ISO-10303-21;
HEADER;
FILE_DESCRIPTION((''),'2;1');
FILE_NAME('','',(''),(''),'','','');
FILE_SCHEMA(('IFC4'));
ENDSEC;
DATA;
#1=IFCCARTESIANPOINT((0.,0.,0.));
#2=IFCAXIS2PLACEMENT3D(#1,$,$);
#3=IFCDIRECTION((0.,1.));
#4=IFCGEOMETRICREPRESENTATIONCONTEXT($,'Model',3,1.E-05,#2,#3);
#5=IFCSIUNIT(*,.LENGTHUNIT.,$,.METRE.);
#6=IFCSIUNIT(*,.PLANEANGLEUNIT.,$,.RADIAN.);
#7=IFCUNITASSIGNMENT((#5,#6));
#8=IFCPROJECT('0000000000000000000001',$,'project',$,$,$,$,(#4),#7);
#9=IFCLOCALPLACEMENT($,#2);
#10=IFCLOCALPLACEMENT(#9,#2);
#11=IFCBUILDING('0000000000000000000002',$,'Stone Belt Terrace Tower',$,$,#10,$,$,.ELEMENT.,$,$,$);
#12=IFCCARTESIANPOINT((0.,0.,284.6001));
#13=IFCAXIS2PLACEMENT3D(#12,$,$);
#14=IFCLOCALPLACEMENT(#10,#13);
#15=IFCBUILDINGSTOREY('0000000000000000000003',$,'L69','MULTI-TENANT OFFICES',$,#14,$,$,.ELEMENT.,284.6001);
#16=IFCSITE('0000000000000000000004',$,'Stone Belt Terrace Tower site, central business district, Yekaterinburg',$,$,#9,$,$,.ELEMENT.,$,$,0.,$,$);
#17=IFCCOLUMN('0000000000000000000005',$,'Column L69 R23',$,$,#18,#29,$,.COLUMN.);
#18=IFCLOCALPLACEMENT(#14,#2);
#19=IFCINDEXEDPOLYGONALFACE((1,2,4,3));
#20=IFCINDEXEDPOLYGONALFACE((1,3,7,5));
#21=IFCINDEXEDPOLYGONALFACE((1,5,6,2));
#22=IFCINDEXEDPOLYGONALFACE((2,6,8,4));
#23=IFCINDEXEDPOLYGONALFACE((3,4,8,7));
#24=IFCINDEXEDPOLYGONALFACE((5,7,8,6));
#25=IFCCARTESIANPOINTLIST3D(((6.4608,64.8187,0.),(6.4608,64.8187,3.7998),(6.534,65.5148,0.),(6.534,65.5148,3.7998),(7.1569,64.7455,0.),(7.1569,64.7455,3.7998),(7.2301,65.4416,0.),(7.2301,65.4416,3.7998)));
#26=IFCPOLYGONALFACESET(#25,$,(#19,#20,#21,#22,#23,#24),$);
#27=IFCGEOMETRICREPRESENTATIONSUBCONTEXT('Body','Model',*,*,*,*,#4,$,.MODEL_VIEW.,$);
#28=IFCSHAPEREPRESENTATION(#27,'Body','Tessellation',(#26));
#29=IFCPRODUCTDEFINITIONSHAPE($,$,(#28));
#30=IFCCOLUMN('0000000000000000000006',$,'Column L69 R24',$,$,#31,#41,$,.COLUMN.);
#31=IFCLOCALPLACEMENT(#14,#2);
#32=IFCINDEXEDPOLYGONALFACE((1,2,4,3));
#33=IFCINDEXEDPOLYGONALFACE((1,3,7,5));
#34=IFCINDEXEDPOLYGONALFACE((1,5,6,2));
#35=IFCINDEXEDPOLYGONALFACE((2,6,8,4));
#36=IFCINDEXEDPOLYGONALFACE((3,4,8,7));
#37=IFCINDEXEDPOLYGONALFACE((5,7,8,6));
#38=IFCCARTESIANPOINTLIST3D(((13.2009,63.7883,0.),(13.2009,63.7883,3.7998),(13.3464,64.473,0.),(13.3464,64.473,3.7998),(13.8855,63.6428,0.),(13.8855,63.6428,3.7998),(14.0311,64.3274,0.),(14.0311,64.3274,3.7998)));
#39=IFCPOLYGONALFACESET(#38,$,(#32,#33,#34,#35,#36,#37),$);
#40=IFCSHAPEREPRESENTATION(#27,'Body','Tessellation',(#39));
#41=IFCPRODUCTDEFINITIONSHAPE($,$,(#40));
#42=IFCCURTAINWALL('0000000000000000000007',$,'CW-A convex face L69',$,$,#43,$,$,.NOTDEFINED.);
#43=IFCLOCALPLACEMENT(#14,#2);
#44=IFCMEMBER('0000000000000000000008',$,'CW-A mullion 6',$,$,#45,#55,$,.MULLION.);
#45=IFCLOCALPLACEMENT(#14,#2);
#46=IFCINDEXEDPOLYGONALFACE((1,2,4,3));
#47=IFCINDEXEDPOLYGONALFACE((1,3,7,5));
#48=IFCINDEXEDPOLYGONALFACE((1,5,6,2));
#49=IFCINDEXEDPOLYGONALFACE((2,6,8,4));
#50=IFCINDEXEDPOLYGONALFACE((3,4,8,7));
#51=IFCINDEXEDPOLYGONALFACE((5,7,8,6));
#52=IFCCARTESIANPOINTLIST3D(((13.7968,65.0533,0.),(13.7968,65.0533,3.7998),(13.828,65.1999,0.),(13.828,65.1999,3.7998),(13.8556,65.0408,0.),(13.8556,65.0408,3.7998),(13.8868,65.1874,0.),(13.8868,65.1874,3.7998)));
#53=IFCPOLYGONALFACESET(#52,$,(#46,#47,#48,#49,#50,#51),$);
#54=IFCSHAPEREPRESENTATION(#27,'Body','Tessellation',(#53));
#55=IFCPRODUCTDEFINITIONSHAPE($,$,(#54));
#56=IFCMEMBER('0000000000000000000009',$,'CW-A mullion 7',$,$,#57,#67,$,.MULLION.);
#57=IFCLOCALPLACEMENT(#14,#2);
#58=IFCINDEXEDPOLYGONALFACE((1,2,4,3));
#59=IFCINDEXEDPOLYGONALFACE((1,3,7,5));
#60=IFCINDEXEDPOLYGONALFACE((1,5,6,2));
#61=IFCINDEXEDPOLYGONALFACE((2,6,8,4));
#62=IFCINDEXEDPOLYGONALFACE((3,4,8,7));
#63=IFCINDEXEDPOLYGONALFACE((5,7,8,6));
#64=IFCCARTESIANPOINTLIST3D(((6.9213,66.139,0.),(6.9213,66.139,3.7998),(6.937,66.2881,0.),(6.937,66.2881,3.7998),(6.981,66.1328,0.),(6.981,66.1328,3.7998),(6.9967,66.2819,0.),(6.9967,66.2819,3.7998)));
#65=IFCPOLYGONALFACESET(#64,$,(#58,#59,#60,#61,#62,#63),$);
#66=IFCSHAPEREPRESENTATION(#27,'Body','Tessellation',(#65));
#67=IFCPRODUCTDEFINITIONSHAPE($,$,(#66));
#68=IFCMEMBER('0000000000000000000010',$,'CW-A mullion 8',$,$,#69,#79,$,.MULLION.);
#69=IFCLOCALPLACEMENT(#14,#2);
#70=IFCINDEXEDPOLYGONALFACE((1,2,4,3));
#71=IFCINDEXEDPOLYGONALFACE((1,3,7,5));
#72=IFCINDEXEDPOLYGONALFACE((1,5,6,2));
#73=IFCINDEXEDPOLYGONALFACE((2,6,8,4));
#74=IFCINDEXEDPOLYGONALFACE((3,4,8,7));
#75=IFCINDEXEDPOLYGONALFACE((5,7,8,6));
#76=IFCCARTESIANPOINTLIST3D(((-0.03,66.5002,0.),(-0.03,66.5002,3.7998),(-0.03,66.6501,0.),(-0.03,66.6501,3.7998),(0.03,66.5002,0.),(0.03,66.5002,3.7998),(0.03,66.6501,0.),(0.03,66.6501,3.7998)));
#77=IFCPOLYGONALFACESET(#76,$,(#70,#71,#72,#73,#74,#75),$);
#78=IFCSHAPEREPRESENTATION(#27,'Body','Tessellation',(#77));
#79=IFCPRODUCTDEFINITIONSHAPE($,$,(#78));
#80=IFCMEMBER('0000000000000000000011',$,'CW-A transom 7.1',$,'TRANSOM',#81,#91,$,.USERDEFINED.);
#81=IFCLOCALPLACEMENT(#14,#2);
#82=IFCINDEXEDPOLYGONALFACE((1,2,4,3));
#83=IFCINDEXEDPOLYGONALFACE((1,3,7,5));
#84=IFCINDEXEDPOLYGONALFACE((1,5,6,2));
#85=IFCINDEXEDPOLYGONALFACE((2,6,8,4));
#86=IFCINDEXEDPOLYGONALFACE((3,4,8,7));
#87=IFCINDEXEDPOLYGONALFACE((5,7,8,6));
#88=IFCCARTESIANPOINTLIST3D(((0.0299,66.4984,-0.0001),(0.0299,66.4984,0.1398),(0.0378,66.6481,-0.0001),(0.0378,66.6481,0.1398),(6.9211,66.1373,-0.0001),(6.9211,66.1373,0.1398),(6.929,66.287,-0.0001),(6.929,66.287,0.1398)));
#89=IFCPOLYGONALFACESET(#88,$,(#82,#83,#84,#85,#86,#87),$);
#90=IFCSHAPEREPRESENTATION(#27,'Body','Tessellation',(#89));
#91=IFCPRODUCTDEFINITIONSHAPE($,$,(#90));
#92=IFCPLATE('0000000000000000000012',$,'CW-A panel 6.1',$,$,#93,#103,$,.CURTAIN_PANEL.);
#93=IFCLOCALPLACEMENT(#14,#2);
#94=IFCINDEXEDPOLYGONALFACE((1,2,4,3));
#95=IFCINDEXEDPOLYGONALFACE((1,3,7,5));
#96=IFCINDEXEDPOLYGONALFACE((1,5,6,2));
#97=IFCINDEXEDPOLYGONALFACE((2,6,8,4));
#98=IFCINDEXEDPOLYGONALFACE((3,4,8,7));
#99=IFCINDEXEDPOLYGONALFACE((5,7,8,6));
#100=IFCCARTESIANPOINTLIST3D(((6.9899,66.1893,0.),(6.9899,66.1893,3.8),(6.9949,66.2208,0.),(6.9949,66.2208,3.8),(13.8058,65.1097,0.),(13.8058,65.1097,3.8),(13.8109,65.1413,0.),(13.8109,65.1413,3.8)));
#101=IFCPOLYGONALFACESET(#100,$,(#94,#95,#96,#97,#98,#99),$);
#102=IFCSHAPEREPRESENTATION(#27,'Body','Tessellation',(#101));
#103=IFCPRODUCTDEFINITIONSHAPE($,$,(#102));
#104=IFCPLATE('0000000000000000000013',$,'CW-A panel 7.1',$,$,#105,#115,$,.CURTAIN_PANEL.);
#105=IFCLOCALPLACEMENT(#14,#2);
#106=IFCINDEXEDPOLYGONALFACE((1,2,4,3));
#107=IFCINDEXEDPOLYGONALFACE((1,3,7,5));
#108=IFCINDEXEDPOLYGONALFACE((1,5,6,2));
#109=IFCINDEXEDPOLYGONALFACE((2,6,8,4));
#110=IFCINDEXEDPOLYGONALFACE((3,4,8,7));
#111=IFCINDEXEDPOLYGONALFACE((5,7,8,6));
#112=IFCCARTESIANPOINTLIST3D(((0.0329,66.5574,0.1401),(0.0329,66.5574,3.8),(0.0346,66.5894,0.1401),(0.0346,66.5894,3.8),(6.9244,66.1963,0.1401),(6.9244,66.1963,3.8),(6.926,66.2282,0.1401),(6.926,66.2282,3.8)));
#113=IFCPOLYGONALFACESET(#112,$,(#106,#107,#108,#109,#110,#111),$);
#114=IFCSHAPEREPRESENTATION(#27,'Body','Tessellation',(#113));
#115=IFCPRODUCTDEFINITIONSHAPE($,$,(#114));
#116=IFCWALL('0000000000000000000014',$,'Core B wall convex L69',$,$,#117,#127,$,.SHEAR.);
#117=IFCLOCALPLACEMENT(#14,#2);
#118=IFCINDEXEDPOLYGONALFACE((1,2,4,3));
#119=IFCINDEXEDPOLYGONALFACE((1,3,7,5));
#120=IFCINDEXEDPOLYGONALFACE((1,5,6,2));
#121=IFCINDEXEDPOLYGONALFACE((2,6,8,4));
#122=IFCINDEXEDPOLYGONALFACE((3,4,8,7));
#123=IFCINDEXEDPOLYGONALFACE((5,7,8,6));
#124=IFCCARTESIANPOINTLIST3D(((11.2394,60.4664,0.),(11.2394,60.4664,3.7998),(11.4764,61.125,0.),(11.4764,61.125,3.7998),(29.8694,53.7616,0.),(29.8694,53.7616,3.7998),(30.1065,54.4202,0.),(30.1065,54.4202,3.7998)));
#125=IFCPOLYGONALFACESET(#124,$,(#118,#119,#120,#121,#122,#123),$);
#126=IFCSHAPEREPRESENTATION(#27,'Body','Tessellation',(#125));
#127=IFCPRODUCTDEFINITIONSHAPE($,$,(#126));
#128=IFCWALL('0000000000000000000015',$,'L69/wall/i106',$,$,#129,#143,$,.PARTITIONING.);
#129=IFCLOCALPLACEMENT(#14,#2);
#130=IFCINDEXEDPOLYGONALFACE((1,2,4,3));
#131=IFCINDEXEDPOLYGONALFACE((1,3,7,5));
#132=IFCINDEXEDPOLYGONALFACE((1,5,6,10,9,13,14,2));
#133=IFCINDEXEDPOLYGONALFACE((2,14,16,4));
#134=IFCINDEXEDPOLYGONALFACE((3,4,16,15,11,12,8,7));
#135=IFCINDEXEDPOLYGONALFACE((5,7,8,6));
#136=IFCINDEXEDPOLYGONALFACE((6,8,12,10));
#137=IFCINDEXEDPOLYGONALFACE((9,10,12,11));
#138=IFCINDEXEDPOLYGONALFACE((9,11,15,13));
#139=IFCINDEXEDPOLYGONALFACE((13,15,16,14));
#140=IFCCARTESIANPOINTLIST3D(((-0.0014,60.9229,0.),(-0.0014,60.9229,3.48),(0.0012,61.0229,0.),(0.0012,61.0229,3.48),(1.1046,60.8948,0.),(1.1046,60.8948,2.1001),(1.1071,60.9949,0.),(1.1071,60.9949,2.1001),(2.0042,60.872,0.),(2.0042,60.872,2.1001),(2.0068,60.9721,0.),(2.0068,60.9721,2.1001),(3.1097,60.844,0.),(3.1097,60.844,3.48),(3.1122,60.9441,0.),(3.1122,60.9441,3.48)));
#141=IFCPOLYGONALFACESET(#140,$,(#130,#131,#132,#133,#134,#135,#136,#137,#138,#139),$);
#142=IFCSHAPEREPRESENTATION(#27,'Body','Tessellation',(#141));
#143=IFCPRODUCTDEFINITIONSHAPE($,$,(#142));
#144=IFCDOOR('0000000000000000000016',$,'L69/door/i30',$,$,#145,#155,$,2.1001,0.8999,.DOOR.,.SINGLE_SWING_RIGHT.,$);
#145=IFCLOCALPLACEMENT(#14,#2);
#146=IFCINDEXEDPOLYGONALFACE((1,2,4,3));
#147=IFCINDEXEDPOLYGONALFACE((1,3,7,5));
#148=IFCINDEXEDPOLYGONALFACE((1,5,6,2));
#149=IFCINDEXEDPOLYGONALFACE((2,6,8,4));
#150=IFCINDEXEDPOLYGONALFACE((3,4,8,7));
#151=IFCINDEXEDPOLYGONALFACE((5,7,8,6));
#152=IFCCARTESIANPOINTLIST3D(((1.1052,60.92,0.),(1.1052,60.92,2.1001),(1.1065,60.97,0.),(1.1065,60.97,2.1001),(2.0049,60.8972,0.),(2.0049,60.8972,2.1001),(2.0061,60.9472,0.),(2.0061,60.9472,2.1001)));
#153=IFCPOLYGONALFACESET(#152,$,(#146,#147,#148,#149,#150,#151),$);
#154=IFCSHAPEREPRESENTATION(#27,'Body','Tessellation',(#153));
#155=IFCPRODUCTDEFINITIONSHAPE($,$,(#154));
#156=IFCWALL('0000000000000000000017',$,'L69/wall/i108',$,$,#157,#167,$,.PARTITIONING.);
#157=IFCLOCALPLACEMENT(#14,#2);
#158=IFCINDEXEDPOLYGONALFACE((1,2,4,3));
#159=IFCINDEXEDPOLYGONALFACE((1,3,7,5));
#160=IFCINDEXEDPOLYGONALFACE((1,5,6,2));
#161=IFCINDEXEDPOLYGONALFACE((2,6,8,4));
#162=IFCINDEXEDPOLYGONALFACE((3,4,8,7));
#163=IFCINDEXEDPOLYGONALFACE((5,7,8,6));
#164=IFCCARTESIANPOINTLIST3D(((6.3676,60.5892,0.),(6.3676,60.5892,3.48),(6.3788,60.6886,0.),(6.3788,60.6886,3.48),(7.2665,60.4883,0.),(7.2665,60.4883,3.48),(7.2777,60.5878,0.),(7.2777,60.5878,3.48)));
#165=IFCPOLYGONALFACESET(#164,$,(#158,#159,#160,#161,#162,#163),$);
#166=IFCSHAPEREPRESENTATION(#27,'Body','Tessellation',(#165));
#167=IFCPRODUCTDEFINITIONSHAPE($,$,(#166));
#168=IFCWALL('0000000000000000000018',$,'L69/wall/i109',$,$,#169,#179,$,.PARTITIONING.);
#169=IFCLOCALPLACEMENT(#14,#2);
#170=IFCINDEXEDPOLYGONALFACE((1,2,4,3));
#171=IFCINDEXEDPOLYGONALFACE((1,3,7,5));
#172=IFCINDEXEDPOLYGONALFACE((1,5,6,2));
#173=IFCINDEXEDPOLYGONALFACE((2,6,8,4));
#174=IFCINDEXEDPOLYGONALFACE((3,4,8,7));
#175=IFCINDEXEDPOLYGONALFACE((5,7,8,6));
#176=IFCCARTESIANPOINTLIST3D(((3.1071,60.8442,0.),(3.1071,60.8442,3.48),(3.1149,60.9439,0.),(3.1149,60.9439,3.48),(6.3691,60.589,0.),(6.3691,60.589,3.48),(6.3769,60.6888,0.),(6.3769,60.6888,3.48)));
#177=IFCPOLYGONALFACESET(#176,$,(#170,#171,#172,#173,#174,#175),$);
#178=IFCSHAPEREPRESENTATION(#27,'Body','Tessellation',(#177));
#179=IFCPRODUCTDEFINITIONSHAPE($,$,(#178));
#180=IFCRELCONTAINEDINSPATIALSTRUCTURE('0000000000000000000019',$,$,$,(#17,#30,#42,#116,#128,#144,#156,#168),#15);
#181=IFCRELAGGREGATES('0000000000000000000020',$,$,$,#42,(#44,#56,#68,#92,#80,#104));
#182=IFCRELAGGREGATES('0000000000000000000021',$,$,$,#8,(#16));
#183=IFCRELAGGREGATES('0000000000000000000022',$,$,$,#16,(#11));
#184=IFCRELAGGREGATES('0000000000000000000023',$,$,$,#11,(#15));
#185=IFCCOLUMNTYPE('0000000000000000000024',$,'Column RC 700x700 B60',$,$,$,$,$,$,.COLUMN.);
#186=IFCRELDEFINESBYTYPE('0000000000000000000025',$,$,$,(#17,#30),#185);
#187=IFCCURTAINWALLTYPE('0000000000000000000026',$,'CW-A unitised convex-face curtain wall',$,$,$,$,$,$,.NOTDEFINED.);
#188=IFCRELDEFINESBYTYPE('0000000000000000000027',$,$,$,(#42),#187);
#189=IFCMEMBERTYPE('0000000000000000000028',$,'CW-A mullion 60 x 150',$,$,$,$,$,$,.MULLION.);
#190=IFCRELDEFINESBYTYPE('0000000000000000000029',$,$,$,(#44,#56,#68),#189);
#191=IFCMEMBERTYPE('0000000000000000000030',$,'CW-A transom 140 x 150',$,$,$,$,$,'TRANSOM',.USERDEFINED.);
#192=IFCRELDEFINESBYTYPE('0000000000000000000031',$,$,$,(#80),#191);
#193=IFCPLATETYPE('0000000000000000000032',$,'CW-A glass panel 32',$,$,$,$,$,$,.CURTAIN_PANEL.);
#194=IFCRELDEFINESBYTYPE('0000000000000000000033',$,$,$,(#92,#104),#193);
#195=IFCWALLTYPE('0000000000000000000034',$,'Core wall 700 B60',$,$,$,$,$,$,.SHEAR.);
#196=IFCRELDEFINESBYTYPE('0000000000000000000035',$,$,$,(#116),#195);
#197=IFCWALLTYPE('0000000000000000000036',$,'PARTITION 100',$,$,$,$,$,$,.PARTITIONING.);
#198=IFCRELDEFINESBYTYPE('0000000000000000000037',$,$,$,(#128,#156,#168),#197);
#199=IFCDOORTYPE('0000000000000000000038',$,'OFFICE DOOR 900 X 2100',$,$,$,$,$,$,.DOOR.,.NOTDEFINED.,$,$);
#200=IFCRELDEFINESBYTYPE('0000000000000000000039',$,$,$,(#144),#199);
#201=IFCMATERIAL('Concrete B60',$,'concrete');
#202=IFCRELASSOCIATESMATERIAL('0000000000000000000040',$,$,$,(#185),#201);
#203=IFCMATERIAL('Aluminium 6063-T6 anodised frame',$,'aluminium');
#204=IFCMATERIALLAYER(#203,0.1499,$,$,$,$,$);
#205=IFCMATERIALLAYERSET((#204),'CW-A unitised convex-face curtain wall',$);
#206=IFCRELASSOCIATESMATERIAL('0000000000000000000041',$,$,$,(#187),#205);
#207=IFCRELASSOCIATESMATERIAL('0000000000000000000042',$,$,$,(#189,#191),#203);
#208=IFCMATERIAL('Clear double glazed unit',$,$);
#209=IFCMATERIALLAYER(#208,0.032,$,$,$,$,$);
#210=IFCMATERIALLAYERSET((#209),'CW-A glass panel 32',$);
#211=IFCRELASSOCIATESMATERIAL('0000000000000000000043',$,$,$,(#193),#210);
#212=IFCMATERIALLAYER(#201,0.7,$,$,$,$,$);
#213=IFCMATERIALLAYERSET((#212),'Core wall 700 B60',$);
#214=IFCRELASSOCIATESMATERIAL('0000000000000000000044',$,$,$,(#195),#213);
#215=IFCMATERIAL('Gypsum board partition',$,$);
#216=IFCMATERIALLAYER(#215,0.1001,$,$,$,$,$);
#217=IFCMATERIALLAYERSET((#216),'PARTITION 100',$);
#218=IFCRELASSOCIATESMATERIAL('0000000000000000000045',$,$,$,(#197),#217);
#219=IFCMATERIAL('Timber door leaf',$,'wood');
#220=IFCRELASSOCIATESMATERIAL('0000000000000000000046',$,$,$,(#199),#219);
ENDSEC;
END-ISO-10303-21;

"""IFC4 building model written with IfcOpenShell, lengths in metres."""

from ifc_helpers import new_model, si_unit, direction, frame, frame_2d, origin, origin_2d, place, context, subcontext, project, spatial, rectangle, extrude, material, layer, layer_set, material_profile, profile_set, type_object, element, fill, aggregate, save


model = new_model("IFC4")

# Units and contexts
model_context = context("Model", 3, precision=1e-05, world=origin(), true_north=direction((0.0, 1.0)))
body_context = subcontext(model_context, "Body", "Model", "MODEL_VIEW")
ifc_project = project(units=[si_unit("LENGTHUNIT", "METRE"), si_unit("PLANEANGLEUNIT", "RADIAN")], contexts=[model_context])

# Site, building, storey
site_placement = place(None, origin())
site = spatial("IfcSite", under=ifc_project, at=site_placement, Name="Stone Belt Terrace Tower site, central business district, Yekaterinburg", CompositionType="ELEMENT", RefElevation=0.0)
building_placement = place(site_placement, origin())
building = spatial("IfcBuilding", under=site, at=building_placement, Name="Stone Belt Terrace Tower", CompositionType="ELEMENT")
storey_placement = place(building_placement, frame((0.0, 0.0, 284.6001)))
storey = spatial("IfcBuildingStorey", under=building, at=storey_placement, Name="L69", Description="MULTI-TENANT OFFICES", CompositionType="ELEMENT", Elevation=284.6001)

# Columns
ifc_material_1 = material(Name="Concrete B60", Category="concrete")
ifc_material_profile_1 = material_profile(ifc_material_1, rectangle(XDim=0.7, YDim=0.7, at=origin_2d()), Name="RC 700x700")
ifc_profile_set_1 = profile_set([ifc_material_profile_1], Name="Concrete B60")
column_type = type_object("IfcColumnType", Name="Column RC 700x700 B60", PredefinedType="COLUMN", material=ifc_profile_set_1)
for number, where, z_axis, x_axis, name in (
    (1, (6.8455, 65.1301, 0.0), (0.0, 0.0, 1.0), (0.994522, -0.104528, 0.0), "Column L69 R23"),
    (2, (13.616, 64.0579, 0.0), (0.0, 0.0, 1.0), (0.978148, -0.207912, 0.0), "Column L69 R24"),
):
    element("IfcColumn", number, at=place(storey_placement, frame(where, z_axis=z_axis, x_axis=x_axis)), inside=storey, type_object=column_type, Name=name, PredefinedType="COLUMN", context=body_context, shape_type="SweptSolid", body=[
        extrude(rectangle(XDim=0.7, YDim=0.7, at=origin_2d()), origin(), (0.0, 0.0, 1.0), 3.7998),
    ])

# Curtain wall, members, plates
ifc_material_2 = material(Name="Aluminium 6063-T6 anodised frame", Category="aluminium")
ifc_layer_1 = layer(ifc_material_2, 0.1499)
ifc_layer_set_1 = layer_set([ifc_layer_1], Name="CW-A unitised convex-face curtain wall")
curtain_wall_type = type_object("IfcCurtainWallType", Name="CW-A unitised convex-face curtain wall", PredefinedType="NOTDEFINED", material=ifc_layer_set_1)
curtain_wall_placement = place(storey_placement, origin())
curtain_wall = element("IfcCurtainWall", 3, at=curtain_wall_placement, inside=storey, type_object=curtain_wall_type, Name="CW-A convex face L69", PredefinedType="NOTDEFINED")
ifc_material_profile_2 = material_profile(ifc_material_2, rectangle(XDim=0.1499, YDim=0.0601, at=origin_2d()), Name="Aluminium 6063-T6 60x150")
ifc_profile_set_2 = profile_set([ifc_material_profile_2], Name="Aluminium 6063-T6 anodised frame")
member_type_1 = type_object("IfcMemberType", Name="CW-A mullion 60 x 150", PredefinedType="MULLION", material=ifc_profile_set_2)
member_1_placement = place(storey_placement, frame((13.8418, 65.1204, 0.0), z_axis=(0.0, 0.0, 1.0), x_axis=(-0.207912, -0.978148, 0.0)))
member_1 = element("IfcMember", 4, at=member_1_placement, type_object=member_type_1, Name="CW-A mullion 6", PredefinedType="MULLION", context=body_context, shape_type="SweptSolid", body=[
    extrude(rectangle(XDim=0.1499, YDim=0.0601, at=origin_2d()), origin(), (0.0, 0.0, 1.0), 3.7998),
])
member_2_placement = place(storey_placement, frame((6.959, 66.2104, 0.0), z_axis=(0.0, 0.0, 1.0), x_axis=(-0.104528, -0.994522, 0.0)))
member_2 = element("IfcMember", 5, at=member_2_placement, type_object=member_type_1, Name="CW-A mullion 7", PredefinedType="MULLION", context=body_context, shape_type="SweptSolid", body=[
    extrude(rectangle(XDim=0.1499, YDim=0.0601, at=origin_2d()), origin(), (0.0, 0.0, 1.0), 3.7998),
])
member_3_placement = place(storey_placement, frame((0.0, 66.5752, 0.0), z_axis=(0.0, 0.0, 1.0), x_axis=(0.0, -1.0, 0.0)))
member_3 = element("IfcMember", 6, at=member_3_placement, type_object=member_type_1, Name="CW-A mullion 8", PredefinedType="MULLION", context=body_context, shape_type="SweptSolid", body=[
    extrude(rectangle(XDim=0.1499, YDim=0.0601, at=origin_2d()), origin(), (0.0, 0.0, 1.0), 3.7998),
])
ifc_material_profile_3 = material_profile(ifc_material_2, rectangle(XDim=0.1499, YDim=0.1399, at=origin_2d()), Name="Aluminium 6063-T6 150x140")
ifc_profile_set_3 = profile_set([ifc_material_profile_3], Name="Aluminium 6063-T6 anodised frame")
member_type_2 = type_object("IfcMemberType", Name="CW-A transom 140 x 150", ElementType="TRANSOM", PredefinedType="USERDEFINED", material=ifc_profile_set_3)
member_4_placement = place(storey_placement, frame((6.925, 66.2122, 0.0698), z_axis=(-0.99863, 0.052327, 0.0), x_axis=(-0.052327, -0.99863, 0.0)))
member_4 = element("IfcMember", 7, at=member_4_placement, type_object=member_type_2, Name="CW-A transom 7.1", ObjectType="TRANSOM", PredefinedType="USERDEFINED", context=body_context, shape_type="SweptSolid", body=[
    extrude(rectangle(XDim=0.1499, YDim=0.1399, at=origin_2d()), origin(), (0.0, 0.0, 1.0), 6.9006),
])
ifc_material_3 = material(Name="Clear double glazed unit")
ifc_layer_2 = layer(ifc_material_3, 0.032)
ifc_layer_set_2 = layer_set([ifc_layer_2], Name="CW-A glass panel 32")
plate_type = type_object("IfcPlateType", Name="CW-A glass panel 32", PredefinedType="CURTAIN_PANEL", material=ifc_layer_set_2)
plate_1_placement = place(storey_placement, frame((10.4004, 65.6653, 0.0), z_axis=(0.0, 0.0, 1.0), x_axis=(-0.987688, 0.156434, 0.0)))
plate_1 = element("IfcPlate", 8, at=plate_1_placement, type_object=plate_type, Name="CW-A panel 6.1", PredefinedType="CURTAIN_PANEL", context=body_context, shape_type="SweptSolid", body=[
    extrude(rectangle(XDim=6.9009, YDim=0.032, at=origin_2d()), origin(), (0.0, 0.0, 1.0), 3.8),
])
plate_2_placement = place(storey_placement, frame((3.4795, 66.3928, 0.1401), z_axis=(0.0, 0.0, 1.0), x_axis=(-0.99863, 0.052336, 0.0)))
plate_2 = element("IfcPlate", 9, at=plate_2_placement, type_object=plate_type, Name="CW-A panel 7.1", PredefinedType="CURTAIN_PANEL", context=body_context, shape_type="SweptSolid", body=[
    extrude(rectangle(XDim=6.9009, YDim=0.032, at=origin_2d()), origin(), (0.0, 0.0, 1.0), 3.6599),
])
aggregate(curtain_wall, [member_1, member_2, member_3, plate_1, member_4, plate_2])

# Wall
ifc_layer_3 = layer(ifc_material_1, 0.7)
ifc_layer_set_3 = layer_set([ifc_layer_3], Name="Core wall 700 B60")
wall_type_1 = type_object("IfcWallType", Name="Core wall 700 B60", PredefinedType="SHEAR", material=ifc_layer_set_3)
wall_1_placement = place(storey_placement, frame((11.3579, 60.7957, 0.0), z_axis=(0.0, 0.0, 1.0), x_axis=(0.94092, -0.33863, 0.0)))
element("IfcWall", 10, at=wall_1_placement, inside=storey, type_object=wall_type_1, Name="Core B wall convex L69", PredefinedType="SHEAR", context=body_context, shape_type="SweptSolid", body=[
    extrude(rectangle(XDim=19.7998, YDim=0.7, at=frame_2d((9.8999, 0.0))), origin(), (0.0, 0.0, 1.0), 3.7998),
])

# Wall, opening, door
ifc_material_4 = material(Name="Gypsum board partition")
ifc_layer_4 = layer(ifc_material_4, 0.1001)
ifc_layer_set_4 = layer_set([ifc_layer_4], Name="PARTITION 100")
wall_type_2 = type_object("IfcWallType", Name="PARTITION 100", PredefinedType="PARTITIONING", material=ifc_layer_set_4)
wall_2_placement = place(storey_placement, frame((3.1111, 60.894, 0.0), z_axis=(0.0, 0.0, 1.0), x_axis=(-0.999679, 0.025339, 0.0)))
wall_2 = element("IfcWall", 11, at=wall_2_placement, inside=storey, type_object=wall_type_2, Name="L69/wall/i106", PredefinedType="PARTITIONING", context=body_context, shape_type="SweptSolid", body=[
    extrude(rectangle(XDim=3.1121, YDim=0.1001, at=frame_2d((1.5562, 0.0))), origin(), (0.0, 0.0, 1.0), 3.48),
])
opening_1_placement = place(wall_2_placement, frame((1.106, 0.0, 0.0)))
opening_1 = element("IfcOpeningElement", 12, at=opening_1_placement, cuts=wall_2, PredefinedType="OPENING", context=body_context, shape_type="SweptSolid", body=[
    extrude(rectangle(XDim=0.8999, YDim=2.1001, at=frame_2d((0.45, 1.05))), frame((0.0, 0.0601, 0.0), z_axis=(0.0, -1.0, 0.0), x_axis=(1.0, 0.0, 0.0)), (0.0, 0.0, 1.0), 0.1201),
])
ifc_material_5 = material(Name="Timber door leaf", Category="wood")
door_type = type_object("IfcDoorType", Name="OFFICE DOOR 900 X 2100", OperationType="NOTDEFINED", PredefinedType="DOOR", material=ifc_material_5)
door_1_placement = place(opening_1_placement, origin())
door_1 = element("IfcDoor", 13, at=door_1_placement, inside=storey, type_object=door_type, Name="L69/door/i30", OperationType="SINGLE_SWING_RIGHT", OverallHeight=2.1001, OverallWidth=0.8999, PredefinedType="DOOR", context=body_context, shape_type="SweptSolid", body=[
    extrude(rectangle(XDim=0.8999, YDim=2.1001, at=frame_2d((0.45, 1.05))), frame((0.0, 0.0249, 0.0), z_axis=(0.0, -1.0, 0.0), x_axis=(1.0, 0.0, 0.0)), (0.0, 0.0, 1.0), 0.05),
])
fill(opening_1, door_1)

# Walls
wall_3_placement = place(storey_placement, frame((7.272, 60.5381, 0.0), z_axis=(0.0, 0.0, 1.0), x_axis=(-0.993768, 0.111468, 0.0)))
element("IfcWall", 14, at=wall_3_placement, inside=storey, type_object=wall_type_2, Name="L69/wall/i108", PredefinedType="PARTITIONING", context=body_context, shape_type="SweptSolid", body=[
    extrude(rectangle(XDim=0.9045, YDim=0.1001, at=frame_2d((0.4521, 0.0))), origin(), (0.0, 0.0, 1.0), 3.48),
])
wall_4_placement = place(storey_placement, frame((6.373, 60.6389, 0.0), z_axis=(0.0, 0.0, 1.0), x_axis=(-0.996955, 0.077975, 0.0)))
element("IfcWall", 15, at=wall_4_placement, inside=storey, type_object=wall_type_2, Name="L69/wall/i109", PredefinedType="PARTITIONING", context=body_context, shape_type="SweptSolid", body=[
    extrude(rectangle(XDim=3.272, YDim=0.1001, at=frame_2d((1.636, 0.0))), origin(), (0.0, 0.0, 1.0), 3.48),
])

save(model, "model.ifc")
